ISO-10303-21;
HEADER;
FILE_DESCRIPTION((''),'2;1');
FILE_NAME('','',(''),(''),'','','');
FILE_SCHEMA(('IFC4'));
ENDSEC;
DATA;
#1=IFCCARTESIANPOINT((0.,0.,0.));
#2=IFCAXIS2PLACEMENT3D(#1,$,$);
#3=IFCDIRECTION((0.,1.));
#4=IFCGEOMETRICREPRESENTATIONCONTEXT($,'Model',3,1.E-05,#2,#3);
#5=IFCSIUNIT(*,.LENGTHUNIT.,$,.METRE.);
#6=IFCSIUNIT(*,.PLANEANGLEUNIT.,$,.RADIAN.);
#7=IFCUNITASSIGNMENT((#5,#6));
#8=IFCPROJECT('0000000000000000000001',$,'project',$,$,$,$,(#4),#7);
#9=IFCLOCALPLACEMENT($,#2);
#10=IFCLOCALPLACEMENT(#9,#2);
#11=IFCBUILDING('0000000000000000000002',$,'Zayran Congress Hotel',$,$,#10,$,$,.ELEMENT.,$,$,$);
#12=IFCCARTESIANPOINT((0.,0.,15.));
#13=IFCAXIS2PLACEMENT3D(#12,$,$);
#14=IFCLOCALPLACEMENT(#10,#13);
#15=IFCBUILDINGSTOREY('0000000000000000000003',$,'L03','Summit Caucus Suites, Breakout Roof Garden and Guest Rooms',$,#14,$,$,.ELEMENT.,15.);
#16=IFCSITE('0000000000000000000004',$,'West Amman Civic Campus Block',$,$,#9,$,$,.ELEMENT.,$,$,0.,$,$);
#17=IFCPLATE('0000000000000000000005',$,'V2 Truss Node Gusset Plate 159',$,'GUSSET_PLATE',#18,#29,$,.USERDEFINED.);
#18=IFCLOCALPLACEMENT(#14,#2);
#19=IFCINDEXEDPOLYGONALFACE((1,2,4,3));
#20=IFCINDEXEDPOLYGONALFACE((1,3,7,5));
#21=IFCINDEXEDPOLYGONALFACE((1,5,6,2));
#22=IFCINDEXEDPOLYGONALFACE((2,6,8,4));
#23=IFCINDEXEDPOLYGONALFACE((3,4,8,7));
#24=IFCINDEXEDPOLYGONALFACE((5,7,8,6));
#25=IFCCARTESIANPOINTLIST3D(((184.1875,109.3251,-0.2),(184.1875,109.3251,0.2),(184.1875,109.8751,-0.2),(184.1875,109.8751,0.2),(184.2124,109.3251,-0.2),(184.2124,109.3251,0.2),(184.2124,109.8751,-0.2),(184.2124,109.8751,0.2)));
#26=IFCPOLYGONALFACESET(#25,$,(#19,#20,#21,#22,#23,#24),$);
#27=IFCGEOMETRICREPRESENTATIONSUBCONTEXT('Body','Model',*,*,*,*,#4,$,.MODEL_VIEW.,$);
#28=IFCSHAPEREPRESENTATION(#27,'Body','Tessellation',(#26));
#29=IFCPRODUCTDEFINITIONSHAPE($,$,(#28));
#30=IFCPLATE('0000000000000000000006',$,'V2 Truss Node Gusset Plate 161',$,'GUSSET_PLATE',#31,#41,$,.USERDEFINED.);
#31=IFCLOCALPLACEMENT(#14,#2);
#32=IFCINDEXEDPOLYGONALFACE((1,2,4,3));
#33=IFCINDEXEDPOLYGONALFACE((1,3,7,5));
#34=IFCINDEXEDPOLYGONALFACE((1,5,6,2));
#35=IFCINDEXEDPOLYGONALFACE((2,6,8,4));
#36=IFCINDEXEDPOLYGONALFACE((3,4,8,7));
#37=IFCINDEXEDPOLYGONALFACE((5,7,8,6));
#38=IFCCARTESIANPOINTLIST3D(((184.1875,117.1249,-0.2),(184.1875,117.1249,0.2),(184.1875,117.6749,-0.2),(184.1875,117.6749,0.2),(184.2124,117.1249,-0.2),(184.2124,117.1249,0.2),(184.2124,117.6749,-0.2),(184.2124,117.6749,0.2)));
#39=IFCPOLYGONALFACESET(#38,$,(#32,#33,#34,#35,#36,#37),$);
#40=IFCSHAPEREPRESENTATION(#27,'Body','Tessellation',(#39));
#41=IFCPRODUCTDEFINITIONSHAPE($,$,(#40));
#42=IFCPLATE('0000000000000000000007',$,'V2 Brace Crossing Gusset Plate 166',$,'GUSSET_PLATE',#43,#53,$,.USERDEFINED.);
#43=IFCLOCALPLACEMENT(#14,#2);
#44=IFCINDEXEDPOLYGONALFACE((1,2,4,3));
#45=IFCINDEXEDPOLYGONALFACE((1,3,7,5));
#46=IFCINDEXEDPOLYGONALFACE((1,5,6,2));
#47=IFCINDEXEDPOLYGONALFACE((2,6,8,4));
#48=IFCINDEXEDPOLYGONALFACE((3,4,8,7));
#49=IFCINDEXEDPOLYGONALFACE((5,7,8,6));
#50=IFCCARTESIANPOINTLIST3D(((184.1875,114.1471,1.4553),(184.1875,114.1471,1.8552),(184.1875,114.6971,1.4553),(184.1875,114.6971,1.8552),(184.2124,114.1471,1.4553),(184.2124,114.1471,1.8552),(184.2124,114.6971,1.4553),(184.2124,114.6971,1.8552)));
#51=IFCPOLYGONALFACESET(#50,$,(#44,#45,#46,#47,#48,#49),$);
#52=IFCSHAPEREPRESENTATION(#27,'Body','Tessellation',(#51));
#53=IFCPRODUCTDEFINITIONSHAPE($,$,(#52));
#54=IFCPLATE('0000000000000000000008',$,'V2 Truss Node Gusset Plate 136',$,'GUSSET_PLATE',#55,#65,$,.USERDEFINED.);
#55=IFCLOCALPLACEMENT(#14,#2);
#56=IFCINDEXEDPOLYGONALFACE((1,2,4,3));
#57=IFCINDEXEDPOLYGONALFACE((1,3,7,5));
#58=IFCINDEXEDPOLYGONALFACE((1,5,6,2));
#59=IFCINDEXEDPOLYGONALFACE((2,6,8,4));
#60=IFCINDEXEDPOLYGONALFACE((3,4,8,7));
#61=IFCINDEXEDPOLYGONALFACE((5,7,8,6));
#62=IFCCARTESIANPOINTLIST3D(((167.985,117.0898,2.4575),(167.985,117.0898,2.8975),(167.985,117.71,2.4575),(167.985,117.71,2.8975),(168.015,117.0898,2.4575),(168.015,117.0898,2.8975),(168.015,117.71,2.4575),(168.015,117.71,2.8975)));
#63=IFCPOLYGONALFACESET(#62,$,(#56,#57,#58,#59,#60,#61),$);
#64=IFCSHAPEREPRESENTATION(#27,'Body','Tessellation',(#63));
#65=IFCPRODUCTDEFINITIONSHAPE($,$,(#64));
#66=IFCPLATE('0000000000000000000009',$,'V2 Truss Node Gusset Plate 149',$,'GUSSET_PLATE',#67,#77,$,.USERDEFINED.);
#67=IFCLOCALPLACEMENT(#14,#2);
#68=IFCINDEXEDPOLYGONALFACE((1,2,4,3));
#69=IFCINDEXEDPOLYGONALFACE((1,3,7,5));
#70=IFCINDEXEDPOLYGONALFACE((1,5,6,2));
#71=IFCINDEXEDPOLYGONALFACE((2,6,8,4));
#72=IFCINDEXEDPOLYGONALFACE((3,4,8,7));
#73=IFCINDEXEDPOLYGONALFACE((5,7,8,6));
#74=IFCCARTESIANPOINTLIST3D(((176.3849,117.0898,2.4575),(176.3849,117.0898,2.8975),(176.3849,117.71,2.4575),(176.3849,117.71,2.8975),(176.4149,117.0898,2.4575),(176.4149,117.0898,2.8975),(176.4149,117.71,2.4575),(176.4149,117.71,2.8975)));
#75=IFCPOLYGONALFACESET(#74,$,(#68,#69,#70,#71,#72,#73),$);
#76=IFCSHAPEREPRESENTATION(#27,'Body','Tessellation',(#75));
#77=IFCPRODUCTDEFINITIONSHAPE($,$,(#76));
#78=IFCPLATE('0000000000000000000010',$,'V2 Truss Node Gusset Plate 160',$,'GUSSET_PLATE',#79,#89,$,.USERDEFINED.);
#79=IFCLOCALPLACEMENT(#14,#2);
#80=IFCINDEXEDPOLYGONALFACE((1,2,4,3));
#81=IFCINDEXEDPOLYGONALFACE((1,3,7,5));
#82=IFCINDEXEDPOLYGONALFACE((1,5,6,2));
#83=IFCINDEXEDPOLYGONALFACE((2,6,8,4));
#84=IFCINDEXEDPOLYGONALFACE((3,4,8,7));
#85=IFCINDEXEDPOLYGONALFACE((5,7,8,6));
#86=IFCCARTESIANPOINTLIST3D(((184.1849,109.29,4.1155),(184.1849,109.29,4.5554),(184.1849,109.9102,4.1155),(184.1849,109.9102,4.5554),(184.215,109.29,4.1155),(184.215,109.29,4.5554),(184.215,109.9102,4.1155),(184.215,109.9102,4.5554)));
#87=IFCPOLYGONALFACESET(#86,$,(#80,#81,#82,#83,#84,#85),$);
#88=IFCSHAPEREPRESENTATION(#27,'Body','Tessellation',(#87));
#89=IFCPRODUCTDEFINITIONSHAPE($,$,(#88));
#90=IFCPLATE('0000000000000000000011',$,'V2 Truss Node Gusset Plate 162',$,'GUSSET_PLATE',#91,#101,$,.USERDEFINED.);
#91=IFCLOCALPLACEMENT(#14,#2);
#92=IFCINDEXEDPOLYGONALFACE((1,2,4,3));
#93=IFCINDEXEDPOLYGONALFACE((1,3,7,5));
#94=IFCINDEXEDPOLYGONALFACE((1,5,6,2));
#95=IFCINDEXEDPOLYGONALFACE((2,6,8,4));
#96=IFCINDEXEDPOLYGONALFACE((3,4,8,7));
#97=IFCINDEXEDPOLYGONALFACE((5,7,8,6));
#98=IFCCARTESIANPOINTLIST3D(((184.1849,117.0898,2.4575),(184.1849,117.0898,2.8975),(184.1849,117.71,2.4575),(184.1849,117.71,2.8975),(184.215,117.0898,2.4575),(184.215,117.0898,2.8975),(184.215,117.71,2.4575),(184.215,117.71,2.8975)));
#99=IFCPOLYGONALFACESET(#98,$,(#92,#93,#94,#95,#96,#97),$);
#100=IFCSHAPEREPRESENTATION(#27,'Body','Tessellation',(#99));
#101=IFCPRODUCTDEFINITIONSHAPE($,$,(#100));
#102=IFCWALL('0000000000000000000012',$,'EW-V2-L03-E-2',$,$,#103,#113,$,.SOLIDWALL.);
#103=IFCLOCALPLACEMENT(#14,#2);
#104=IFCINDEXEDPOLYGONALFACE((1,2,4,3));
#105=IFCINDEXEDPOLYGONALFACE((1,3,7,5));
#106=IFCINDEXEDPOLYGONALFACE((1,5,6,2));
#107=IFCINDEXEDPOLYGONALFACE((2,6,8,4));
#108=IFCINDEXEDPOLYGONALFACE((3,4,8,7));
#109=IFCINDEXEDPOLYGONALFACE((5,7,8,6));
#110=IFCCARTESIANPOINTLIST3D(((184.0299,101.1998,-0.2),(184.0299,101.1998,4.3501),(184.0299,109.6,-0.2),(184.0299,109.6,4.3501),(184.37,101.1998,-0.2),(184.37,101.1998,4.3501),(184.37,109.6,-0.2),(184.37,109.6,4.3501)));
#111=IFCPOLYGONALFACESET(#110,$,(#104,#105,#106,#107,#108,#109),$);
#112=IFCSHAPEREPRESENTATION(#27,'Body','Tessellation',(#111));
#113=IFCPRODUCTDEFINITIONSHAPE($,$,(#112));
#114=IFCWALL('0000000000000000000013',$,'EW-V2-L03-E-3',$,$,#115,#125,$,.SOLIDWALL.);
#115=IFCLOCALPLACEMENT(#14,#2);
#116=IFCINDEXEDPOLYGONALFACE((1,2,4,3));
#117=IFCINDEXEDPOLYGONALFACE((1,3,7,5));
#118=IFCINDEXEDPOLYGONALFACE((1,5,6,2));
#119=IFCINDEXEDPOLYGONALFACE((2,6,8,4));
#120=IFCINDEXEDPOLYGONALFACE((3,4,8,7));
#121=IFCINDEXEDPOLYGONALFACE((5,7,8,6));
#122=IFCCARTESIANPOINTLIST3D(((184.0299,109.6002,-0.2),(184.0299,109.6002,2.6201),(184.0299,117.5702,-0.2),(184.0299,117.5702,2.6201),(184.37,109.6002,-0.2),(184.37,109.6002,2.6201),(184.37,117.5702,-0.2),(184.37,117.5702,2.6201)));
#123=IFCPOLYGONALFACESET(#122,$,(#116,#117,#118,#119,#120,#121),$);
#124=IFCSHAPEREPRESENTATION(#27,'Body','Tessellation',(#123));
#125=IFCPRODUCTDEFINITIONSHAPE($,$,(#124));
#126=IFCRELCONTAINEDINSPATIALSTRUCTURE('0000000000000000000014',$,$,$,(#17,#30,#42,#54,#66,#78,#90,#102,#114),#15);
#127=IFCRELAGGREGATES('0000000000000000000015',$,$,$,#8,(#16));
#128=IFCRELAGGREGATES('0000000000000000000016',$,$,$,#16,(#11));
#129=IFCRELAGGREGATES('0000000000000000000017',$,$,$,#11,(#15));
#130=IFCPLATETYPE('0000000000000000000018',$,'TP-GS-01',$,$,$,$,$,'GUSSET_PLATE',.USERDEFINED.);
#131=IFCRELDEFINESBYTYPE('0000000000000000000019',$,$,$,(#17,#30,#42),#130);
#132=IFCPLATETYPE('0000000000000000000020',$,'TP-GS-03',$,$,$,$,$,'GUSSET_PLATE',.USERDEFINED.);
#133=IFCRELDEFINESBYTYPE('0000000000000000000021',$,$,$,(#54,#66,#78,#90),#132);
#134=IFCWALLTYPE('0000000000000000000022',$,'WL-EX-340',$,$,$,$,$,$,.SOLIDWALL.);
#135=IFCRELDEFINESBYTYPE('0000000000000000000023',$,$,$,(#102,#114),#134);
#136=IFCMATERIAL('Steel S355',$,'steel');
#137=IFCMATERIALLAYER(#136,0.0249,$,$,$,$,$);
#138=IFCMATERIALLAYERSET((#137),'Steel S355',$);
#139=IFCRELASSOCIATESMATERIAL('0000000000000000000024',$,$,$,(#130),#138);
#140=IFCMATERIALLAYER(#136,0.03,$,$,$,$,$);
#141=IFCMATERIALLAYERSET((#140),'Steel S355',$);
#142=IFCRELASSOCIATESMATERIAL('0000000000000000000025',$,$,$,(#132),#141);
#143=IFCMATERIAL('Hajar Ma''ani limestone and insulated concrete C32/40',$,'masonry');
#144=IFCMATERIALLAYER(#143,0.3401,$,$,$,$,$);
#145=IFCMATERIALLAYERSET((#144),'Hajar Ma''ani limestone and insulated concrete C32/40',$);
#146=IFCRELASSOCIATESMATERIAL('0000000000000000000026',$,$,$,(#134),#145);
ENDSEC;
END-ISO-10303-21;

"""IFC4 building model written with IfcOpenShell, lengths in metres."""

from ifc_helpers import new_model, si_unit, direction, frame, frame_2d, origin, origin_2d, place, context, subcontext, project, spatial, rectangle, extrude, material, layer, layer_set, type_object, element, save


model = new_model("IFC4")

# Units and contexts
model_context = context("Model", 3, precision=1e-05, world=origin(), true_north=direction((0.0, 1.0)))
body_context = subcontext(model_context, "Body", "Model", "MODEL_VIEW")
ifc_project = project(units=[si_unit("LENGTHUNIT", "METRE"), si_unit("PLANEANGLEUNIT", "RADIAN")], contexts=[model_context])

# Site, building, storey
site_placement = place(None, origin())
site = spatial("IfcSite", under=ifc_project, at=site_placement, Name="West Amman Civic Campus Block", CompositionType="ELEMENT", RefElevation=0.0)
building_placement = place(site_placement, origin())
building = spatial("IfcBuilding", under=site, at=building_placement, Name="Zayran Congress Hotel", CompositionType="ELEMENT")
storey_placement = place(building_placement, frame((0.0, 0.0, 15.0)))
storey = spatial("IfcBuildingStorey", under=building, at=storey_placement, Name="L03", Description="Summit Caucus Suites, Breakout Roof Garden and Guest Rooms", CompositionType="ELEMENT", Elevation=15.0)

# Shared definitions
ifc_material_1 = material(Name="Steel S355", Category="steel")

# Plates
ifc_layer_1 = layer(ifc_material_1, 0.0249)
ifc_layer_set_1 = layer_set([ifc_layer_1], Name="Steel S355")
plate_type_1 = type_object("IfcPlateType", Name="TP-GS-01", ElementType="GUSSET_PLATE", PredefinedType="USERDEFINED", material=ifc_layer_set_1)
for number, where, z_axis, x_axis, name in (
    (1, (184.2, 109.6001, -0.2), (0.0, 0.0, 1.0), (0.0, 1.0, 0.0), "V2 Truss Node Gusset Plate 159"),
    (2, (184.2, 117.3999, -0.2), (0.0, 0.0, 1.0), (0.0, 1.0, 0.0), "V2 Truss Node Gusset Plate 161"),
    (3, (184.2, 114.4221, 1.4553), (0.0, 0.0, 1.0), (0.0, 1.0, 0.0), "V2 Brace Crossing Gusset Plate 166"),
):
    element("IfcPlate", number, at=place(storey_placement, frame(where, z_axis=z_axis, x_axis=x_axis)), inside=storey, type_object=plate_type_1, Name=name, ObjectType="GUSSET_PLATE", PredefinedType="USERDEFINED", context=body_context, shape_type="SweptSolid", body=[
        extrude(rectangle(XDim=0.55, YDim=0.0249, at=origin_2d()), origin(), (0.0, 0.0, 1.0), 0.3999),
    ])
ifc_layer_2 = layer(ifc_material_1, 0.03)
ifc_layer_set_2 = layer_set([ifc_layer_2], Name="Steel S355")
plate_type_2 = type_object("IfcPlateType", Name="TP-GS-03", ElementType="GUSSET_PLATE", PredefinedType="USERDEFINED", material=ifc_layer_set_2)
for number, where, z_axis, x_axis, name in (
    (4, (168.0, 117.3999, 2.4575), (0.0, 0.0, 1.0), (0.0, 1.0, 0.0), "V2 Truss Node Gusset Plate 136"),
    (5, (176.3999, 117.3999, 2.4575), (0.0, 0.0, 1.0), (0.0, 1.0, 0.0), "V2 Truss Node Gusset Plate 149"),
    (6, (184.2, 109.6001, 4.1155), (0.0, 0.0, 1.0), (0.0, 1.0, 0.0), "V2 Truss Node Gusset Plate 160"),
    (7, (184.2, 117.3999, 2.4575), (0.0, 0.0, 1.0), (0.0, 1.0, 0.0), "V2 Truss Node Gusset Plate 162"),
):
    element("IfcPlate", number, at=place(storey_placement, frame(where, z_axis=z_axis, x_axis=x_axis)), inside=storey, type_object=plate_type_2, Name=name, ObjectType="GUSSET_PLATE", PredefinedType="USERDEFINED", context=body_context, shape_type="SweptSolid", body=[
        extrude(rectangle(XDim=0.6201, YDim=0.03, at=origin_2d()), origin(), (0.0, 0.0, 1.0), 0.4399),
    ])

# Walls
ifc_material_2 = material(Name="Hajar Ma'ani limestone and insulated concrete C32/40", Category="masonry")
ifc_layer_3 = layer(ifc_material_2, 0.3401)
ifc_layer_set_3 = layer_set([ifc_layer_3], Name="Hajar Ma'ani limestone and insulated concrete C32/40")
wall_type = type_object("IfcWallType", Name="WL-EX-340", PredefinedType="SOLIDWALL", material=ifc_layer_set_3)
wall_1_placement = place(storey_placement, frame((184.2, 109.6001, -0.2), z_axis=(0.0, 0.0, 1.0), x_axis=(0.0, -1.0, 0.0)))
element("IfcWall", 8, at=wall_1_placement, inside=storey, type_object=wall_type, Name="EW-V2-L03-E-2", PredefinedType="SOLIDWALL", context=body_context, shape_type="SweptSolid", body=[
    extrude(rectangle(XDim=8.4001, YDim=0.3401, at=frame_2d((4.2002, 0.0))), origin(), (0.0, 0.0, 1.0), 4.55),
])
wall_2_placement = place(storey_placement, frame((184.2, 117.5701, -0.2), z_axis=(0.0, 0.0, 1.0), x_axis=(0.0, -1.0, 0.0)))
element("IfcWall", 9, at=wall_2_placement, inside=storey, type_object=wall_type, Name="EW-V2-L03-E-3", PredefinedType="SOLIDWALL", context=body_context, shape_type="SweptSolid", body=[
    extrude(rectangle(XDim=7.97, YDim=0.3401, at=frame_2d((3.9849, 0.0))), origin(), (0.0, 0.0, 1.0), 2.8201),
])

save(model, "model.ifc")
